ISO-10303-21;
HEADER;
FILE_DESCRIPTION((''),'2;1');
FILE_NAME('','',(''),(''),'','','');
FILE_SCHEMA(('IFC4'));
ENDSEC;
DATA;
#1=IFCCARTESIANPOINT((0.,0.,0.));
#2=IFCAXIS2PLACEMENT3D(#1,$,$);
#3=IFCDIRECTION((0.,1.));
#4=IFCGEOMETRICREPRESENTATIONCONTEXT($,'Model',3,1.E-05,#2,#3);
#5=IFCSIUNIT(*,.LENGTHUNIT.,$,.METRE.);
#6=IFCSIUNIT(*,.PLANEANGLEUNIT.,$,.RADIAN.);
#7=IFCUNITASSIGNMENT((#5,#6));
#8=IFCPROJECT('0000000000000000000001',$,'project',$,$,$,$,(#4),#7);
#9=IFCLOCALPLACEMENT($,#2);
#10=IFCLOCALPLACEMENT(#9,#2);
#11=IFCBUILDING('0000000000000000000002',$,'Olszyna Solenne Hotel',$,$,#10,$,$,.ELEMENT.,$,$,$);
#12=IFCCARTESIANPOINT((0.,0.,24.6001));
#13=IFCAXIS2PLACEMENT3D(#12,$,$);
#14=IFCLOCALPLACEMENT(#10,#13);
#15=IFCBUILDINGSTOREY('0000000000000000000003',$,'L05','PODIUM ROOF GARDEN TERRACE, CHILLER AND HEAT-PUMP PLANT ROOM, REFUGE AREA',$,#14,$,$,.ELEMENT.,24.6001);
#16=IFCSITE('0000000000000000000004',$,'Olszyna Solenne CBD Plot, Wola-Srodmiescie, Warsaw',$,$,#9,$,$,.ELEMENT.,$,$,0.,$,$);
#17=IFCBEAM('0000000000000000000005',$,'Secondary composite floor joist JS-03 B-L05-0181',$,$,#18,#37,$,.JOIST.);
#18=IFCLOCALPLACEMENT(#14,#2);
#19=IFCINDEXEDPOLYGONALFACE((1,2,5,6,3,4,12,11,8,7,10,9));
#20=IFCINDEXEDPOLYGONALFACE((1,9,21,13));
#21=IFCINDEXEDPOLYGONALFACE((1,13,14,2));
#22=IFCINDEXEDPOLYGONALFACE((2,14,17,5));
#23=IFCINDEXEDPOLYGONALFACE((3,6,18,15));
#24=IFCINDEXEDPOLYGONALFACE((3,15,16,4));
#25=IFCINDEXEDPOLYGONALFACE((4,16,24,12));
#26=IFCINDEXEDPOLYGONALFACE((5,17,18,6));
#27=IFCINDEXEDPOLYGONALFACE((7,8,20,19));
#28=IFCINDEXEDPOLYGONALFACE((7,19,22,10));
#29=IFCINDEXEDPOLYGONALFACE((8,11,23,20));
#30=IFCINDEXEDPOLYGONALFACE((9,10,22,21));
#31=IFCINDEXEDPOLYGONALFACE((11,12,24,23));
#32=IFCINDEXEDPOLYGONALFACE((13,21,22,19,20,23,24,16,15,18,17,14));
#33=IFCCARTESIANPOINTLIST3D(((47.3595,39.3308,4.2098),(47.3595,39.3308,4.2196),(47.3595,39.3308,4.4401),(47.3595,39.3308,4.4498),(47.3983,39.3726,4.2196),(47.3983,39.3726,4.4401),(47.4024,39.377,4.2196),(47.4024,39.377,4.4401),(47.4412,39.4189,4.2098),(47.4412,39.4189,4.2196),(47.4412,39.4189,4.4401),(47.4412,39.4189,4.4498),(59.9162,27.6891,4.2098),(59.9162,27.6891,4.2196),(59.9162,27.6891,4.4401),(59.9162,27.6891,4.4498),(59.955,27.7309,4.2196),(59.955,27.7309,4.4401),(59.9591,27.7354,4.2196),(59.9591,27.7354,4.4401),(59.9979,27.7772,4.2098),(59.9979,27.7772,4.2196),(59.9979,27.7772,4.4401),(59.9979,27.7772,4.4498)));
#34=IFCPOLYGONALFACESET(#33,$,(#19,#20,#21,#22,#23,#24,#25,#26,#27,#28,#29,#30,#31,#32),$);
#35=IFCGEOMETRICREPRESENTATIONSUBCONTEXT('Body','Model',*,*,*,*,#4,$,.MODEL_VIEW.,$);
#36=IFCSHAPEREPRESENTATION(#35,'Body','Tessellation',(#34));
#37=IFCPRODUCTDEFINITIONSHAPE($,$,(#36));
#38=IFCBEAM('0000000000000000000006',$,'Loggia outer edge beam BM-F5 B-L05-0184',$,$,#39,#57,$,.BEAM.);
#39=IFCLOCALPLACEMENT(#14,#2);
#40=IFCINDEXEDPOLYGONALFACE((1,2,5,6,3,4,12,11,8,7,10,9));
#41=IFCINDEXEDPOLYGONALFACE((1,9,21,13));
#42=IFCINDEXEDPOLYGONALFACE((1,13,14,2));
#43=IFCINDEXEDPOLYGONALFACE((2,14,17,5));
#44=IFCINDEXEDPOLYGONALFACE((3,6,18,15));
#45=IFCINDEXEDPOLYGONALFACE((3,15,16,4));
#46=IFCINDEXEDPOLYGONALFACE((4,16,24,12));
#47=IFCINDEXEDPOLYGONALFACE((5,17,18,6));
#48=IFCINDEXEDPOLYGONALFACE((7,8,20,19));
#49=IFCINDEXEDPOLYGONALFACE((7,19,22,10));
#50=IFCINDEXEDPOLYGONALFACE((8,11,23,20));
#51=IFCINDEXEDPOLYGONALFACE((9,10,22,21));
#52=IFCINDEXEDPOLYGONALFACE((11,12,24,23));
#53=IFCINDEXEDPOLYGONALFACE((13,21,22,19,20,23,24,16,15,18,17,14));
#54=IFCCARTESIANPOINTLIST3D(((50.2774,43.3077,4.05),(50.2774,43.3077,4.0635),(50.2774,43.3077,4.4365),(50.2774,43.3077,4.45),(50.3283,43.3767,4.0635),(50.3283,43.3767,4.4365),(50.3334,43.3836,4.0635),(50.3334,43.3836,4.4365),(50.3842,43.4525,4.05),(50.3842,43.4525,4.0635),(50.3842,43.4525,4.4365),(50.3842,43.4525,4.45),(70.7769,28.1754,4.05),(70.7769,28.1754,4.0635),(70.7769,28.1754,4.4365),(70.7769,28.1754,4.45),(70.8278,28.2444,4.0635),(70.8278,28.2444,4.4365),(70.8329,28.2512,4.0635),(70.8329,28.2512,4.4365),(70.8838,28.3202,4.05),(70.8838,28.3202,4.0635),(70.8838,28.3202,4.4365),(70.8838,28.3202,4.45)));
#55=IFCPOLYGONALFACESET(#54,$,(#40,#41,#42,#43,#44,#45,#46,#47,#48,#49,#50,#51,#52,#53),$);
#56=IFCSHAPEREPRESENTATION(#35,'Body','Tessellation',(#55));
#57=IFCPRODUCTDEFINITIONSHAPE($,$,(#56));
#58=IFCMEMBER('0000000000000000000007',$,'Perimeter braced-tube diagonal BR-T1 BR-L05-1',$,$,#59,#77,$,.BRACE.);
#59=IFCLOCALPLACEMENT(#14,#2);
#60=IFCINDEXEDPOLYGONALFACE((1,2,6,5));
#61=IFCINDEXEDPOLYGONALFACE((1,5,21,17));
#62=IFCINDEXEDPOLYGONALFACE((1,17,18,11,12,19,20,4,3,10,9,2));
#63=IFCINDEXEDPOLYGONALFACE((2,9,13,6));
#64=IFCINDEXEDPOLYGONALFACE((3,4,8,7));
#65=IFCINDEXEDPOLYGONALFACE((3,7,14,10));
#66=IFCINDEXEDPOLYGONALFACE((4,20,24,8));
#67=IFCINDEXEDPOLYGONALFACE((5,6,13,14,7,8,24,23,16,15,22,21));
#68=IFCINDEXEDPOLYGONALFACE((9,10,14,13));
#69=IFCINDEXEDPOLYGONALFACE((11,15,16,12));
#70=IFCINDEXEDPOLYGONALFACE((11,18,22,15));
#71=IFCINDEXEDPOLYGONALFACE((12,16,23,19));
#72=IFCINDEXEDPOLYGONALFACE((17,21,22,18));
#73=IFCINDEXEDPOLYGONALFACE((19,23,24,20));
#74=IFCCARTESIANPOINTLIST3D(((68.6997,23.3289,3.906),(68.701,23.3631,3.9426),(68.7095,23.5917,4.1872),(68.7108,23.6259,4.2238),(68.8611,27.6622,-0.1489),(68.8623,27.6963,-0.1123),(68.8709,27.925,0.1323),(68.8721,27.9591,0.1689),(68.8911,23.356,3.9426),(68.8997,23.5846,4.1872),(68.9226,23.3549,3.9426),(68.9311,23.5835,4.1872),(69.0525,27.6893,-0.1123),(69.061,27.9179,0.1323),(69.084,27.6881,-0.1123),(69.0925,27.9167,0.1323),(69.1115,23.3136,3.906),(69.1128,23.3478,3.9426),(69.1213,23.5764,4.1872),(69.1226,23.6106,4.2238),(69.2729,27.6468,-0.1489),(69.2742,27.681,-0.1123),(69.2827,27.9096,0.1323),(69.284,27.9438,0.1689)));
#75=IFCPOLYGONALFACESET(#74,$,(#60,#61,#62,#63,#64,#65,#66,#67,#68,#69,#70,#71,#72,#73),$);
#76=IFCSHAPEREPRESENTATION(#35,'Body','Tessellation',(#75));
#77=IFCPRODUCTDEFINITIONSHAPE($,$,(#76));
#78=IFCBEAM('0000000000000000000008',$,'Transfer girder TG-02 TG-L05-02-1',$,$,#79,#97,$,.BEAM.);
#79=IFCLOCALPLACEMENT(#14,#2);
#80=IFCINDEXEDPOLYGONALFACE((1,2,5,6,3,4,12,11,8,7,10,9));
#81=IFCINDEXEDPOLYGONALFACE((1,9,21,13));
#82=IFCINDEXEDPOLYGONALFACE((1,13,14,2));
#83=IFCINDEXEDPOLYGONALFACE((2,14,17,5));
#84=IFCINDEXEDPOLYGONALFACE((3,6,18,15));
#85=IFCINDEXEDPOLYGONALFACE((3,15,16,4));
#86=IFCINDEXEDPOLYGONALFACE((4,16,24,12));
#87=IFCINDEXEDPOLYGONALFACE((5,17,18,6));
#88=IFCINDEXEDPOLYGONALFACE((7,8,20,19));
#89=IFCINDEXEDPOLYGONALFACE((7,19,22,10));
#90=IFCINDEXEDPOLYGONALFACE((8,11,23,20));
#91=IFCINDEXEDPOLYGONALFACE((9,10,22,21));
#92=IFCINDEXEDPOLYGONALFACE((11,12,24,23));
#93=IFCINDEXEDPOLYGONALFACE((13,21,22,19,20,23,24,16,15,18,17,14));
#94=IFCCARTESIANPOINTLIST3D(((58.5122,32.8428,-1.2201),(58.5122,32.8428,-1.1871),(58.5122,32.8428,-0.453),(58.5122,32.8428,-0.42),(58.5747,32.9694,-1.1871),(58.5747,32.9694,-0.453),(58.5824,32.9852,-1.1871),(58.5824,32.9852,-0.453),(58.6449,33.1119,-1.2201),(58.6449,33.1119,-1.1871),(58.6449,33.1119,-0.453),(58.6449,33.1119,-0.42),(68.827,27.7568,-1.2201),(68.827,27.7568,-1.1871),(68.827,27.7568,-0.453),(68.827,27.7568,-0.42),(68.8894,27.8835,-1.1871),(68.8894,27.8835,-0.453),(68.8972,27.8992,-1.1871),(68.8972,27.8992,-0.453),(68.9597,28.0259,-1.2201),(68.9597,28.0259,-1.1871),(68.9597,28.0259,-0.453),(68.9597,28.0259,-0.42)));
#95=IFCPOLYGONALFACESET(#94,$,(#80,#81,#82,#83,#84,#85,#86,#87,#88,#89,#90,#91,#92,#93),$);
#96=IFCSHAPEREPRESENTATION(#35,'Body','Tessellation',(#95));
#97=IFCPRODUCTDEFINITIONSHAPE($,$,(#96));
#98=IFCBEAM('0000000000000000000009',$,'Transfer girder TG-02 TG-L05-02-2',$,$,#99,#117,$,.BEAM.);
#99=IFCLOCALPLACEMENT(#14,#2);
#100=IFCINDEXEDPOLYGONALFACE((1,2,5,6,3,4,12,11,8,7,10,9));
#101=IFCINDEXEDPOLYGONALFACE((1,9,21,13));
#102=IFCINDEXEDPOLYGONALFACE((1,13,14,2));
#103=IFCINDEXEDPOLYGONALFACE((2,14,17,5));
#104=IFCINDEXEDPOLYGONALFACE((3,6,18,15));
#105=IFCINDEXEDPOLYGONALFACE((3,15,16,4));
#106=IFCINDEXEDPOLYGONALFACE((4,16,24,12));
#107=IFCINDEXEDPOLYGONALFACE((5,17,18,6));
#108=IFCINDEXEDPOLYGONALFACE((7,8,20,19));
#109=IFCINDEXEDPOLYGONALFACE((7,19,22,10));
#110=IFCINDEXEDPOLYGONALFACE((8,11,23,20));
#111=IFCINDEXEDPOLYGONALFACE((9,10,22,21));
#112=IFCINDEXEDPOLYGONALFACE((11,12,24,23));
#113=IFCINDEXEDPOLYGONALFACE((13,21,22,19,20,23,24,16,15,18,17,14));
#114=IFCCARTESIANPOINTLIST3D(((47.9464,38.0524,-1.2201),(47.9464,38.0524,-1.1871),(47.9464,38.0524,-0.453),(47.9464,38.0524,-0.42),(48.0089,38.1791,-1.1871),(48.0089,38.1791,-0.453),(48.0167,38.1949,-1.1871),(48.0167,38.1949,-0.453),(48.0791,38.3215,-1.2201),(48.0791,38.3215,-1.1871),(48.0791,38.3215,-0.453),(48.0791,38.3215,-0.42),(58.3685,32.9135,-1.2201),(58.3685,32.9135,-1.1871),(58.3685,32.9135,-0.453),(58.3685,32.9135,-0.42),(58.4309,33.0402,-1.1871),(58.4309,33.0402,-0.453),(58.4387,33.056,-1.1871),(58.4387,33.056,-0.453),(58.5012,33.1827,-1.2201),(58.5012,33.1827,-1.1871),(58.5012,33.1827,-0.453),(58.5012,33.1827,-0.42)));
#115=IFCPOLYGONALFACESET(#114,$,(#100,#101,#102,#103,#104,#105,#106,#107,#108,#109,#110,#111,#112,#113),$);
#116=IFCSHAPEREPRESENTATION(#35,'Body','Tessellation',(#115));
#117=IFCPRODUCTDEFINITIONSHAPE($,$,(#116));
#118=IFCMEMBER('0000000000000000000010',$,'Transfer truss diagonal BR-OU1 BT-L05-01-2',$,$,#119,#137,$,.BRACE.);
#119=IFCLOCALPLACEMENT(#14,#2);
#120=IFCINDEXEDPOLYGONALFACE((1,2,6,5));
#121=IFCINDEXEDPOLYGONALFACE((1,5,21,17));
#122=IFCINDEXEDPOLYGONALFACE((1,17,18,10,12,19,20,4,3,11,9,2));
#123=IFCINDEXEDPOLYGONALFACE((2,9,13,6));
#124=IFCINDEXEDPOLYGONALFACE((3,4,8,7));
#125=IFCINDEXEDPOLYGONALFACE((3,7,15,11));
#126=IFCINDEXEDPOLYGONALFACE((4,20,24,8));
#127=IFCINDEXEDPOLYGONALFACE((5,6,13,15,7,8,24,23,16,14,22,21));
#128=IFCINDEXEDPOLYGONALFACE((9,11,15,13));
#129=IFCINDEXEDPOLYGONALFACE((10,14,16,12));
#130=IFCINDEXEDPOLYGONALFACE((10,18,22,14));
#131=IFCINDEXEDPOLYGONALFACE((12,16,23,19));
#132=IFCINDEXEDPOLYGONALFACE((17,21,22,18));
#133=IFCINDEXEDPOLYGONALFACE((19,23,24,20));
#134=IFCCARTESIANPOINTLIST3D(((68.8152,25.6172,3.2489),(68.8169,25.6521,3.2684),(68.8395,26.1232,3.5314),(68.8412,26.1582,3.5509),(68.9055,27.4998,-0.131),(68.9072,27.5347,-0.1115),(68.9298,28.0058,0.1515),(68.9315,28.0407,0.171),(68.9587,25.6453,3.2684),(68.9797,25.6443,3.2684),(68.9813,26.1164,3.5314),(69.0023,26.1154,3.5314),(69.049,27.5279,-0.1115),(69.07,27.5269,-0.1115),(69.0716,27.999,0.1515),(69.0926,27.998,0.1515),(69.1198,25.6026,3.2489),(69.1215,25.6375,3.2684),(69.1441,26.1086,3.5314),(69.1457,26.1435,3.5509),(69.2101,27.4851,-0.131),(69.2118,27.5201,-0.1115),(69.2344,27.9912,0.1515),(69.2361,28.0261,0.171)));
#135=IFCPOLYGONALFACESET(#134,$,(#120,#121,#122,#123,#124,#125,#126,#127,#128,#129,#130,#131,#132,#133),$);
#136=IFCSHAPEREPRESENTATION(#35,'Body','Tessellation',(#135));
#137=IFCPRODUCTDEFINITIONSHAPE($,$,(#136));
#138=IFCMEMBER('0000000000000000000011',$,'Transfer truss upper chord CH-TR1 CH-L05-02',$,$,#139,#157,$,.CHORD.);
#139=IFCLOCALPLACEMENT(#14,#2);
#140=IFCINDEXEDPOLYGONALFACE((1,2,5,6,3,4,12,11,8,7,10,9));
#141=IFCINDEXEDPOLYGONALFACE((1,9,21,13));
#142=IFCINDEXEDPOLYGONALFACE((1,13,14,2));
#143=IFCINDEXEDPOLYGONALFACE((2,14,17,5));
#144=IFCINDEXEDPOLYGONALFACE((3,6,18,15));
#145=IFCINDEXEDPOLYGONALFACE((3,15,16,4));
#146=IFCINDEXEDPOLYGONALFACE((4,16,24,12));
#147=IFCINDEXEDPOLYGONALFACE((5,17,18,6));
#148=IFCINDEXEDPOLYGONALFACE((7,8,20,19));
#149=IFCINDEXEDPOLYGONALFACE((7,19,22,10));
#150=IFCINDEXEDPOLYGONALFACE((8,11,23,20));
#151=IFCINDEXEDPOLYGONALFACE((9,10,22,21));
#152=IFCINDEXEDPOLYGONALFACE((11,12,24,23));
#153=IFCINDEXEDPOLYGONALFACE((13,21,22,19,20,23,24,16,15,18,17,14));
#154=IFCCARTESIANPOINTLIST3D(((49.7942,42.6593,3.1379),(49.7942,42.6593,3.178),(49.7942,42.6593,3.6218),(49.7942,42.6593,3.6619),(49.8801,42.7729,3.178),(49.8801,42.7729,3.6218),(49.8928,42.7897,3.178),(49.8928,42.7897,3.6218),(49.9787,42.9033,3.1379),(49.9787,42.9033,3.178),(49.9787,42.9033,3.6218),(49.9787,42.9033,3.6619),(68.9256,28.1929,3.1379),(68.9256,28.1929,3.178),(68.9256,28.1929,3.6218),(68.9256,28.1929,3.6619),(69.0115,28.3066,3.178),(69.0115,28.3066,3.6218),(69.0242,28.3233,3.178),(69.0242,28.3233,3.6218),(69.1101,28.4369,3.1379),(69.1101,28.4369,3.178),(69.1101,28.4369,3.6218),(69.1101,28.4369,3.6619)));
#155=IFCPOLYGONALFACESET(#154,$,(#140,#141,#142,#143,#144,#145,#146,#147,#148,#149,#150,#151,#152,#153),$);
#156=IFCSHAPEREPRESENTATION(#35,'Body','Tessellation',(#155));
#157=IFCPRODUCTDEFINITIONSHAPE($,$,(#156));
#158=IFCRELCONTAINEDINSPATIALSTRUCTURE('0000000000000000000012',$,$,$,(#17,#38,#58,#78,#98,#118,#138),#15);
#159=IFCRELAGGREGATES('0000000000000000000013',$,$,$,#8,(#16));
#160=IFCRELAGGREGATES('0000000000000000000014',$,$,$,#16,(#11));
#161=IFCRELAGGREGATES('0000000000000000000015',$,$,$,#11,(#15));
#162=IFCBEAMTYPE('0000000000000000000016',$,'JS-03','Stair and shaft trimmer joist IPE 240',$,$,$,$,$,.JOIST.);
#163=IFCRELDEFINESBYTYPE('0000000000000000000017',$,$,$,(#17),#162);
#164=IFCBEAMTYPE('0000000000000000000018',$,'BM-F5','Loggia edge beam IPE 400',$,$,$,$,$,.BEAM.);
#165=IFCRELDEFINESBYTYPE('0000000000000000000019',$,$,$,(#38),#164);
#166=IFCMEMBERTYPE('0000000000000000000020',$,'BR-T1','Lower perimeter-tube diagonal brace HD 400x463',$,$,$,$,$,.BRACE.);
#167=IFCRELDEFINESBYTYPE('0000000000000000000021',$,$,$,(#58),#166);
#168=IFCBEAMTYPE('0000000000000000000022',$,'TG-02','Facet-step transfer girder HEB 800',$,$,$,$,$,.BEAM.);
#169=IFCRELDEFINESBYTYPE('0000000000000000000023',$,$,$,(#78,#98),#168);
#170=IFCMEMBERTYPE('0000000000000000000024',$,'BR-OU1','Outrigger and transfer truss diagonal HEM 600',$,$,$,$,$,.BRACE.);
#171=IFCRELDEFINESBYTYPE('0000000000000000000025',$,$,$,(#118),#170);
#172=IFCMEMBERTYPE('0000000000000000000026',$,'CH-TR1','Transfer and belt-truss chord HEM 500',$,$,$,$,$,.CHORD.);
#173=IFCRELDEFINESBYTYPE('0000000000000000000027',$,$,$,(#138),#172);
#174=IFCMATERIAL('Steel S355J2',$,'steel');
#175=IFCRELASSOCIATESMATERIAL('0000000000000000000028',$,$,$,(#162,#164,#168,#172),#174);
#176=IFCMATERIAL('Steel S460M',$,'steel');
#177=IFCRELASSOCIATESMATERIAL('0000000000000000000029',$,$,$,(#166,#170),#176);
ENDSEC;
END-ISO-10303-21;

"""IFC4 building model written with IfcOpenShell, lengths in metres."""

from ifc_helpers import new_model, si_unit, direction, frame, origin, origin_2d, place, context, subcontext, project, spatial, i_section, extrude, source, transform, mapped, material, material_profile, profile_set, type_object, element, save


model = new_model("IFC4")

# Units and contexts
model_context = context("Model", 3, precision=1e-05, world=origin(), true_north=direction((0.0, 1.0)))
body_context = subcontext(model_context, "Body", "Model", "MODEL_VIEW")
ifc_project = project(units=[si_unit("LENGTHUNIT", "METRE"), si_unit("PLANEANGLEUNIT", "RADIAN")], contexts=[model_context])

# Site, building, storey
site_placement = place(None, origin())
site = spatial("IfcSite", under=ifc_project, at=site_placement, Name="Olszyna Solenne CBD Plot, Wola-Srodmiescie, Warsaw", CompositionType="ELEMENT", RefElevation=0.0)
building_placement = place(site_placement, origin())
building = spatial("IfcBuilding", under=site, at=building_placement, Name="Olszyna Solenne Hotel", CompositionType="ELEMENT")
storey_placement = place(building_placement, frame((0.0, 0.0, 24.6001)))
storey = spatial("IfcBuildingStorey", under=building, at=storey_placement, Name="L05", Description="PODIUM ROOF GARDEN TERRACE, CHILLER AND HEAT-PUMP PLANT ROOM, REFUGE AREA", CompositionType="ELEMENT", Elevation=24.6001)

# Shared definitions
ifc_material_1 = material(Name="Steel S355J2", Category="steel")
ifc_material_2 = material(Name="Steel S460M", Category="steel")

# Beams
ifc_material_profile_1 = material_profile(ifc_material_1, i_section(OverallWidth=0.1201, OverallDepth=0.24, WebThickness=0.0061, FlangeThickness=0.0098, at=origin_2d()), Name="IPE 240", Category="load-bearing")
ifc_profile_set_1 = profile_set([ifc_material_profile_1], Name="Steel S355J2")
beam_type_1 = type_object("IfcBeamType", Name="JS-03", Description="Stair and shaft trimmer joist IPE 240", PredefinedType="JOIST", material=ifc_profile_set_1)
shared_shape_1 = source(origin(), body_context, "Body", "SweptSolid", [
    extrude(i_section(OverallWidth=0.1201, OverallDepth=0.24, WebThickness=0.0061, FlangeThickness=0.0098, at=origin_2d()), origin(), (0.0, 0.0, 1.0), 17.123),
])
beam_1_placement = place(storey_placement, frame((59.957, 27.7332, 4.3298), z_axis=(-0.733321, 0.679882, 0.0), x_axis=(-0.679882, -0.733321, 0.0)))
element("IfcBeam", 1, at=beam_1_placement, inside=storey, type_object=beam_type_1, Name="Secondary composite floor joist JS-03 B-L05-0181", PredefinedType="JOIST", context=body_context, shape_type="MappedRepresentation", body=[
    mapped(shared_shape_1, transform((0.0, 0.0, 0.0), x_axis=(1.0, 0.0, 0.0), y_axis=(0.0, 1.0, 0.0), z_axis=(0.0, 0.0, 1.0), scale=1.0)),
])
ifc_material_profile_2 = material_profile(ifc_material_1, i_section(OverallWidth=0.1799, OverallDepth=0.3999, WebThickness=0.0085, FlangeThickness=0.0134, at=origin_2d()), Name="IPE 400", Category="load-bearing")
ifc_profile_set_2 = profile_set([ifc_material_profile_2], Name="Steel S355J2")
beam_type_2 = type_object("IfcBeamType", Name="BM-F5", Description="Loggia edge beam IPE 400", PredefinedType="BEAM", material=ifc_profile_set_2)
shared_shape_2 = source(origin(), body_context, "Body", "SweptSolid", [
    extrude(i_section(OverallWidth=0.1799, OverallDepth=0.3999, WebThickness=0.0085, FlangeThickness=0.0134, at=origin_2d()), origin(), (0.0, 0.0, 1.0), 25.4797),
])
beam_2_placement = place(storey_placement, frame((70.8303, 28.2478, 4.25), z_axis=(-0.804542, 0.593896, 0.0), x_axis=(-0.593896, -0.804542, 0.0)))
element("IfcBeam", 2, at=beam_2_placement, inside=storey, type_object=beam_type_2, Name="Loggia outer edge beam BM-F5 B-L05-0184", PredefinedType="BEAM", context=body_context, shape_type="MappedRepresentation", body=[
    mapped(shared_shape_2, transform((0.0, 0.0, 0.0), x_axis=(1.0, 0.0, 0.0), y_axis=(0.0, 1.0, 0.0), z_axis=(0.0, 0.0, 1.0), scale=1.0)),
])

# Member
ifc_material_profile_3 = material_profile(ifc_material_2, i_section(OverallWidth=0.4121, OverallDepth=0.4351, WebThickness=0.0315, FlangeThickness=0.05, at=origin_2d()), Name="HD 400x463", Category="load-bearing")
ifc_profile_set_3 = profile_set([ifc_material_profile_3], Name="Steel S460M")
member_type_1 = type_object("IfcMemberType", Name="BR-T1", Description="Lower perimeter-tube diagonal brace HD 400x463", PredefinedType="BRACE", material=ifc_profile_set_3)
shared_shape_3 = source(origin(), body_context, "Body", "SweptSolid", [
    extrude(i_section(OverallWidth=0.4121, OverallDepth=0.4351, WebThickness=0.0315, FlangeThickness=0.05, at=origin_2d()), origin(), (0.0, 0.0, 1.0), 5.9368),
])
member_1_placement = place(storey_placement, frame((69.0725, 27.803, 0.01), z_axis=(-0.027182, -0.729897, 0.683016), x_axis=(0.999307, -0.037216, 0.0)))
element("IfcMember", 3, at=member_1_placement, inside=storey, type_object=member_type_1, Name="Perimeter braced-tube diagonal BR-T1 BR-L05-1", PredefinedType="BRACE", context=body_context, shape_type="MappedRepresentation", body=[
    mapped(shared_shape_3, transform((0.0, 0.0, 0.0), x_axis=(1.0, 0.0, 0.0), y_axis=(0.0, 1.0, 0.0), z_axis=(0.0, 0.0, 1.0), scale=1.0)),
])

# Beams
ifc_material_profile_4 = material_profile(ifc_material_1, i_section(OverallWidth=0.3, OverallDepth=0.8, WebThickness=0.0176, FlangeThickness=0.033, at=origin_2d()), Name="HEB 800", Category="load-bearing")
ifc_profile_set_4 = profile_set([ifc_material_profile_4], Name="Steel S355J2")
beam_type_3 = type_object("IfcBeamType", Name="TG-02", Description="Facet-step transfer girder HEB 800", PredefinedType="BEAM", material=ifc_profile_set_4)
shared_shape_4 = source(origin(), body_context, "Body", "SweptSolid", [
    extrude(i_section(OverallWidth=0.3, OverallDepth=0.8, WebThickness=0.0176, FlangeThickness=0.033, at=origin_2d()), origin(), (0.0, 0.0, 1.0), 11.5005),
])
beam_3_placement = place(storey_placement, frame((68.8933, 27.8914, -0.8201), z_axis=(-0.896897, 0.442239, 0.0), x_axis=(-0.442239, -0.896897, 0.0)))
element("IfcBeam", 4, at=beam_3_placement, inside=storey, type_object=beam_type_3, Name="Transfer girder TG-02 TG-L05-02-1", PredefinedType="BEAM", context=body_context, shape_type="MappedRepresentation", body=[
    mapped(shared_shape_4, transform((0.0, 0.0, 0.0), x_axis=(1.0, 0.0, 0.0), y_axis=(0.0, 1.0, 0.0), z_axis=(0.0, 0.0, 1.0), scale=1.0)),
])
shared_shape_5 = source(origin(), body_context, "Body", "SweptSolid", [
    extrude(i_section(OverallWidth=0.3, OverallDepth=0.8, WebThickness=0.0176, FlangeThickness=0.033, at=origin_2d()), origin(), (0.0, 0.0, 1.0), 11.6201),
])
beam_4_placement = place(storey_placement, frame((58.4348, 33.0481, -0.8201), z_axis=(-0.896897, 0.44224, 0.0), x_axis=(-0.44224, -0.896897, 0.0)))
element("IfcBeam", 5, at=beam_4_placement, inside=storey, type_object=beam_type_3, Name="Transfer girder TG-02 TG-L05-02-2", PredefinedType="BEAM", context=body_context, shape_type="MappedRepresentation", body=[
    mapped(shared_shape_5, transform((0.0, 0.0, 0.0), x_axis=(1.0, 0.0, 0.0), y_axis=(0.0, 1.0, 0.0), z_axis=(0.0, 0.0, 1.0), scale=1.0)),
])

# Members
ifc_material_profile_5 = material_profile(ifc_material_2, i_section(OverallWidth=0.3049, OverallDepth=0.6201, WebThickness=0.021, FlangeThickness=0.04, at=origin_2d()), Name="HEM 600", Category="load-bearing")
ifc_profile_set_5 = profile_set([ifc_material_profile_5], Name="Steel S460M")
member_type_2 = type_object("IfcMemberType", Name="BR-OU1", Description="Outrigger and transfer truss diagonal HEM 600", PredefinedType="BRACE", material=ifc_profile_set_5)
shared_shape_6 = source(origin(), body_context, "Body", "SweptSolid", [
    extrude(i_section(OverallWidth=0.3049, OverallDepth=0.6201, WebThickness=0.021, FlangeThickness=0.04, at=origin_2d()), origin(), (0.0, 0.0, 1.0), 3.8699),
])
member_2_placement = place(storey_placement, frame((69.0708, 27.7629, 0.02), z_axis=(-0.023342, -0.486469, 0.873386), x_axis=(0.998851, -0.047928, 0.0)))
element("IfcMember", 6, at=member_2_placement, inside=storey, type_object=member_type_2, Name="Transfer truss diagonal BR-OU1 BT-L05-01-2", PredefinedType="BRACE", context=body_context, shape_type="MappedRepresentation", body=[
    mapped(shared_shape_6, transform((0.0, 0.0, 0.0), x_axis=(1.0, 0.0, 0.0), y_axis=(0.0, 1.0, 0.0), z_axis=(0.0, 0.0, 1.0), scale=1.0)),
])
ifc_material_profile_6 = material_profile(ifc_material_1, i_section(OverallWidth=0.3059, OverallDepth=0.5239, WebThickness=0.021, FlangeThickness=0.04, at=origin_2d()), Name="HEM 500", Category="load-bearing")
ifc_profile_set_6 = profile_set([ifc_material_profile_6], Name="Steel S355J2")
member_type_3 = type_object("IfcMemberType", Name="CH-TR1", Description="Transfer and belt-truss chord HEM 500", PredefinedType="CHORD", material=ifc_profile_set_6)
shared_shape_7 = source(origin(), body_context, "Body", "SweptSolid", [
    extrude(i_section(OverallWidth=0.3059, OverallDepth=0.5239, WebThickness=0.021, FlangeThickness=0.04, at=origin_2d()), origin(), (0.0, 0.0, 1.0), 23.9851),
])
member_3_placement = place(storey_placement, frame((69.0178, 28.3149, 3.3999), z_axis=(-0.797636, 0.603139, 0.0), x_axis=(-0.603139, -0.797636, 0.0)))
element("IfcMember", 7, at=member_3_placement, inside=storey, type_object=member_type_3, Name="Transfer truss upper chord CH-TR1 CH-L05-02", PredefinedType="CHORD", context=body_context, shape_type="MappedRepresentation", body=[
    mapped(shared_shape_7, transform((0.0, 0.0, 0.0), x_axis=(1.0, 0.0, 0.0), y_axis=(0.0, 1.0, 0.0), z_axis=(0.0, 0.0, 1.0), scale=1.0)),
])

save(model, "model.ifc")
